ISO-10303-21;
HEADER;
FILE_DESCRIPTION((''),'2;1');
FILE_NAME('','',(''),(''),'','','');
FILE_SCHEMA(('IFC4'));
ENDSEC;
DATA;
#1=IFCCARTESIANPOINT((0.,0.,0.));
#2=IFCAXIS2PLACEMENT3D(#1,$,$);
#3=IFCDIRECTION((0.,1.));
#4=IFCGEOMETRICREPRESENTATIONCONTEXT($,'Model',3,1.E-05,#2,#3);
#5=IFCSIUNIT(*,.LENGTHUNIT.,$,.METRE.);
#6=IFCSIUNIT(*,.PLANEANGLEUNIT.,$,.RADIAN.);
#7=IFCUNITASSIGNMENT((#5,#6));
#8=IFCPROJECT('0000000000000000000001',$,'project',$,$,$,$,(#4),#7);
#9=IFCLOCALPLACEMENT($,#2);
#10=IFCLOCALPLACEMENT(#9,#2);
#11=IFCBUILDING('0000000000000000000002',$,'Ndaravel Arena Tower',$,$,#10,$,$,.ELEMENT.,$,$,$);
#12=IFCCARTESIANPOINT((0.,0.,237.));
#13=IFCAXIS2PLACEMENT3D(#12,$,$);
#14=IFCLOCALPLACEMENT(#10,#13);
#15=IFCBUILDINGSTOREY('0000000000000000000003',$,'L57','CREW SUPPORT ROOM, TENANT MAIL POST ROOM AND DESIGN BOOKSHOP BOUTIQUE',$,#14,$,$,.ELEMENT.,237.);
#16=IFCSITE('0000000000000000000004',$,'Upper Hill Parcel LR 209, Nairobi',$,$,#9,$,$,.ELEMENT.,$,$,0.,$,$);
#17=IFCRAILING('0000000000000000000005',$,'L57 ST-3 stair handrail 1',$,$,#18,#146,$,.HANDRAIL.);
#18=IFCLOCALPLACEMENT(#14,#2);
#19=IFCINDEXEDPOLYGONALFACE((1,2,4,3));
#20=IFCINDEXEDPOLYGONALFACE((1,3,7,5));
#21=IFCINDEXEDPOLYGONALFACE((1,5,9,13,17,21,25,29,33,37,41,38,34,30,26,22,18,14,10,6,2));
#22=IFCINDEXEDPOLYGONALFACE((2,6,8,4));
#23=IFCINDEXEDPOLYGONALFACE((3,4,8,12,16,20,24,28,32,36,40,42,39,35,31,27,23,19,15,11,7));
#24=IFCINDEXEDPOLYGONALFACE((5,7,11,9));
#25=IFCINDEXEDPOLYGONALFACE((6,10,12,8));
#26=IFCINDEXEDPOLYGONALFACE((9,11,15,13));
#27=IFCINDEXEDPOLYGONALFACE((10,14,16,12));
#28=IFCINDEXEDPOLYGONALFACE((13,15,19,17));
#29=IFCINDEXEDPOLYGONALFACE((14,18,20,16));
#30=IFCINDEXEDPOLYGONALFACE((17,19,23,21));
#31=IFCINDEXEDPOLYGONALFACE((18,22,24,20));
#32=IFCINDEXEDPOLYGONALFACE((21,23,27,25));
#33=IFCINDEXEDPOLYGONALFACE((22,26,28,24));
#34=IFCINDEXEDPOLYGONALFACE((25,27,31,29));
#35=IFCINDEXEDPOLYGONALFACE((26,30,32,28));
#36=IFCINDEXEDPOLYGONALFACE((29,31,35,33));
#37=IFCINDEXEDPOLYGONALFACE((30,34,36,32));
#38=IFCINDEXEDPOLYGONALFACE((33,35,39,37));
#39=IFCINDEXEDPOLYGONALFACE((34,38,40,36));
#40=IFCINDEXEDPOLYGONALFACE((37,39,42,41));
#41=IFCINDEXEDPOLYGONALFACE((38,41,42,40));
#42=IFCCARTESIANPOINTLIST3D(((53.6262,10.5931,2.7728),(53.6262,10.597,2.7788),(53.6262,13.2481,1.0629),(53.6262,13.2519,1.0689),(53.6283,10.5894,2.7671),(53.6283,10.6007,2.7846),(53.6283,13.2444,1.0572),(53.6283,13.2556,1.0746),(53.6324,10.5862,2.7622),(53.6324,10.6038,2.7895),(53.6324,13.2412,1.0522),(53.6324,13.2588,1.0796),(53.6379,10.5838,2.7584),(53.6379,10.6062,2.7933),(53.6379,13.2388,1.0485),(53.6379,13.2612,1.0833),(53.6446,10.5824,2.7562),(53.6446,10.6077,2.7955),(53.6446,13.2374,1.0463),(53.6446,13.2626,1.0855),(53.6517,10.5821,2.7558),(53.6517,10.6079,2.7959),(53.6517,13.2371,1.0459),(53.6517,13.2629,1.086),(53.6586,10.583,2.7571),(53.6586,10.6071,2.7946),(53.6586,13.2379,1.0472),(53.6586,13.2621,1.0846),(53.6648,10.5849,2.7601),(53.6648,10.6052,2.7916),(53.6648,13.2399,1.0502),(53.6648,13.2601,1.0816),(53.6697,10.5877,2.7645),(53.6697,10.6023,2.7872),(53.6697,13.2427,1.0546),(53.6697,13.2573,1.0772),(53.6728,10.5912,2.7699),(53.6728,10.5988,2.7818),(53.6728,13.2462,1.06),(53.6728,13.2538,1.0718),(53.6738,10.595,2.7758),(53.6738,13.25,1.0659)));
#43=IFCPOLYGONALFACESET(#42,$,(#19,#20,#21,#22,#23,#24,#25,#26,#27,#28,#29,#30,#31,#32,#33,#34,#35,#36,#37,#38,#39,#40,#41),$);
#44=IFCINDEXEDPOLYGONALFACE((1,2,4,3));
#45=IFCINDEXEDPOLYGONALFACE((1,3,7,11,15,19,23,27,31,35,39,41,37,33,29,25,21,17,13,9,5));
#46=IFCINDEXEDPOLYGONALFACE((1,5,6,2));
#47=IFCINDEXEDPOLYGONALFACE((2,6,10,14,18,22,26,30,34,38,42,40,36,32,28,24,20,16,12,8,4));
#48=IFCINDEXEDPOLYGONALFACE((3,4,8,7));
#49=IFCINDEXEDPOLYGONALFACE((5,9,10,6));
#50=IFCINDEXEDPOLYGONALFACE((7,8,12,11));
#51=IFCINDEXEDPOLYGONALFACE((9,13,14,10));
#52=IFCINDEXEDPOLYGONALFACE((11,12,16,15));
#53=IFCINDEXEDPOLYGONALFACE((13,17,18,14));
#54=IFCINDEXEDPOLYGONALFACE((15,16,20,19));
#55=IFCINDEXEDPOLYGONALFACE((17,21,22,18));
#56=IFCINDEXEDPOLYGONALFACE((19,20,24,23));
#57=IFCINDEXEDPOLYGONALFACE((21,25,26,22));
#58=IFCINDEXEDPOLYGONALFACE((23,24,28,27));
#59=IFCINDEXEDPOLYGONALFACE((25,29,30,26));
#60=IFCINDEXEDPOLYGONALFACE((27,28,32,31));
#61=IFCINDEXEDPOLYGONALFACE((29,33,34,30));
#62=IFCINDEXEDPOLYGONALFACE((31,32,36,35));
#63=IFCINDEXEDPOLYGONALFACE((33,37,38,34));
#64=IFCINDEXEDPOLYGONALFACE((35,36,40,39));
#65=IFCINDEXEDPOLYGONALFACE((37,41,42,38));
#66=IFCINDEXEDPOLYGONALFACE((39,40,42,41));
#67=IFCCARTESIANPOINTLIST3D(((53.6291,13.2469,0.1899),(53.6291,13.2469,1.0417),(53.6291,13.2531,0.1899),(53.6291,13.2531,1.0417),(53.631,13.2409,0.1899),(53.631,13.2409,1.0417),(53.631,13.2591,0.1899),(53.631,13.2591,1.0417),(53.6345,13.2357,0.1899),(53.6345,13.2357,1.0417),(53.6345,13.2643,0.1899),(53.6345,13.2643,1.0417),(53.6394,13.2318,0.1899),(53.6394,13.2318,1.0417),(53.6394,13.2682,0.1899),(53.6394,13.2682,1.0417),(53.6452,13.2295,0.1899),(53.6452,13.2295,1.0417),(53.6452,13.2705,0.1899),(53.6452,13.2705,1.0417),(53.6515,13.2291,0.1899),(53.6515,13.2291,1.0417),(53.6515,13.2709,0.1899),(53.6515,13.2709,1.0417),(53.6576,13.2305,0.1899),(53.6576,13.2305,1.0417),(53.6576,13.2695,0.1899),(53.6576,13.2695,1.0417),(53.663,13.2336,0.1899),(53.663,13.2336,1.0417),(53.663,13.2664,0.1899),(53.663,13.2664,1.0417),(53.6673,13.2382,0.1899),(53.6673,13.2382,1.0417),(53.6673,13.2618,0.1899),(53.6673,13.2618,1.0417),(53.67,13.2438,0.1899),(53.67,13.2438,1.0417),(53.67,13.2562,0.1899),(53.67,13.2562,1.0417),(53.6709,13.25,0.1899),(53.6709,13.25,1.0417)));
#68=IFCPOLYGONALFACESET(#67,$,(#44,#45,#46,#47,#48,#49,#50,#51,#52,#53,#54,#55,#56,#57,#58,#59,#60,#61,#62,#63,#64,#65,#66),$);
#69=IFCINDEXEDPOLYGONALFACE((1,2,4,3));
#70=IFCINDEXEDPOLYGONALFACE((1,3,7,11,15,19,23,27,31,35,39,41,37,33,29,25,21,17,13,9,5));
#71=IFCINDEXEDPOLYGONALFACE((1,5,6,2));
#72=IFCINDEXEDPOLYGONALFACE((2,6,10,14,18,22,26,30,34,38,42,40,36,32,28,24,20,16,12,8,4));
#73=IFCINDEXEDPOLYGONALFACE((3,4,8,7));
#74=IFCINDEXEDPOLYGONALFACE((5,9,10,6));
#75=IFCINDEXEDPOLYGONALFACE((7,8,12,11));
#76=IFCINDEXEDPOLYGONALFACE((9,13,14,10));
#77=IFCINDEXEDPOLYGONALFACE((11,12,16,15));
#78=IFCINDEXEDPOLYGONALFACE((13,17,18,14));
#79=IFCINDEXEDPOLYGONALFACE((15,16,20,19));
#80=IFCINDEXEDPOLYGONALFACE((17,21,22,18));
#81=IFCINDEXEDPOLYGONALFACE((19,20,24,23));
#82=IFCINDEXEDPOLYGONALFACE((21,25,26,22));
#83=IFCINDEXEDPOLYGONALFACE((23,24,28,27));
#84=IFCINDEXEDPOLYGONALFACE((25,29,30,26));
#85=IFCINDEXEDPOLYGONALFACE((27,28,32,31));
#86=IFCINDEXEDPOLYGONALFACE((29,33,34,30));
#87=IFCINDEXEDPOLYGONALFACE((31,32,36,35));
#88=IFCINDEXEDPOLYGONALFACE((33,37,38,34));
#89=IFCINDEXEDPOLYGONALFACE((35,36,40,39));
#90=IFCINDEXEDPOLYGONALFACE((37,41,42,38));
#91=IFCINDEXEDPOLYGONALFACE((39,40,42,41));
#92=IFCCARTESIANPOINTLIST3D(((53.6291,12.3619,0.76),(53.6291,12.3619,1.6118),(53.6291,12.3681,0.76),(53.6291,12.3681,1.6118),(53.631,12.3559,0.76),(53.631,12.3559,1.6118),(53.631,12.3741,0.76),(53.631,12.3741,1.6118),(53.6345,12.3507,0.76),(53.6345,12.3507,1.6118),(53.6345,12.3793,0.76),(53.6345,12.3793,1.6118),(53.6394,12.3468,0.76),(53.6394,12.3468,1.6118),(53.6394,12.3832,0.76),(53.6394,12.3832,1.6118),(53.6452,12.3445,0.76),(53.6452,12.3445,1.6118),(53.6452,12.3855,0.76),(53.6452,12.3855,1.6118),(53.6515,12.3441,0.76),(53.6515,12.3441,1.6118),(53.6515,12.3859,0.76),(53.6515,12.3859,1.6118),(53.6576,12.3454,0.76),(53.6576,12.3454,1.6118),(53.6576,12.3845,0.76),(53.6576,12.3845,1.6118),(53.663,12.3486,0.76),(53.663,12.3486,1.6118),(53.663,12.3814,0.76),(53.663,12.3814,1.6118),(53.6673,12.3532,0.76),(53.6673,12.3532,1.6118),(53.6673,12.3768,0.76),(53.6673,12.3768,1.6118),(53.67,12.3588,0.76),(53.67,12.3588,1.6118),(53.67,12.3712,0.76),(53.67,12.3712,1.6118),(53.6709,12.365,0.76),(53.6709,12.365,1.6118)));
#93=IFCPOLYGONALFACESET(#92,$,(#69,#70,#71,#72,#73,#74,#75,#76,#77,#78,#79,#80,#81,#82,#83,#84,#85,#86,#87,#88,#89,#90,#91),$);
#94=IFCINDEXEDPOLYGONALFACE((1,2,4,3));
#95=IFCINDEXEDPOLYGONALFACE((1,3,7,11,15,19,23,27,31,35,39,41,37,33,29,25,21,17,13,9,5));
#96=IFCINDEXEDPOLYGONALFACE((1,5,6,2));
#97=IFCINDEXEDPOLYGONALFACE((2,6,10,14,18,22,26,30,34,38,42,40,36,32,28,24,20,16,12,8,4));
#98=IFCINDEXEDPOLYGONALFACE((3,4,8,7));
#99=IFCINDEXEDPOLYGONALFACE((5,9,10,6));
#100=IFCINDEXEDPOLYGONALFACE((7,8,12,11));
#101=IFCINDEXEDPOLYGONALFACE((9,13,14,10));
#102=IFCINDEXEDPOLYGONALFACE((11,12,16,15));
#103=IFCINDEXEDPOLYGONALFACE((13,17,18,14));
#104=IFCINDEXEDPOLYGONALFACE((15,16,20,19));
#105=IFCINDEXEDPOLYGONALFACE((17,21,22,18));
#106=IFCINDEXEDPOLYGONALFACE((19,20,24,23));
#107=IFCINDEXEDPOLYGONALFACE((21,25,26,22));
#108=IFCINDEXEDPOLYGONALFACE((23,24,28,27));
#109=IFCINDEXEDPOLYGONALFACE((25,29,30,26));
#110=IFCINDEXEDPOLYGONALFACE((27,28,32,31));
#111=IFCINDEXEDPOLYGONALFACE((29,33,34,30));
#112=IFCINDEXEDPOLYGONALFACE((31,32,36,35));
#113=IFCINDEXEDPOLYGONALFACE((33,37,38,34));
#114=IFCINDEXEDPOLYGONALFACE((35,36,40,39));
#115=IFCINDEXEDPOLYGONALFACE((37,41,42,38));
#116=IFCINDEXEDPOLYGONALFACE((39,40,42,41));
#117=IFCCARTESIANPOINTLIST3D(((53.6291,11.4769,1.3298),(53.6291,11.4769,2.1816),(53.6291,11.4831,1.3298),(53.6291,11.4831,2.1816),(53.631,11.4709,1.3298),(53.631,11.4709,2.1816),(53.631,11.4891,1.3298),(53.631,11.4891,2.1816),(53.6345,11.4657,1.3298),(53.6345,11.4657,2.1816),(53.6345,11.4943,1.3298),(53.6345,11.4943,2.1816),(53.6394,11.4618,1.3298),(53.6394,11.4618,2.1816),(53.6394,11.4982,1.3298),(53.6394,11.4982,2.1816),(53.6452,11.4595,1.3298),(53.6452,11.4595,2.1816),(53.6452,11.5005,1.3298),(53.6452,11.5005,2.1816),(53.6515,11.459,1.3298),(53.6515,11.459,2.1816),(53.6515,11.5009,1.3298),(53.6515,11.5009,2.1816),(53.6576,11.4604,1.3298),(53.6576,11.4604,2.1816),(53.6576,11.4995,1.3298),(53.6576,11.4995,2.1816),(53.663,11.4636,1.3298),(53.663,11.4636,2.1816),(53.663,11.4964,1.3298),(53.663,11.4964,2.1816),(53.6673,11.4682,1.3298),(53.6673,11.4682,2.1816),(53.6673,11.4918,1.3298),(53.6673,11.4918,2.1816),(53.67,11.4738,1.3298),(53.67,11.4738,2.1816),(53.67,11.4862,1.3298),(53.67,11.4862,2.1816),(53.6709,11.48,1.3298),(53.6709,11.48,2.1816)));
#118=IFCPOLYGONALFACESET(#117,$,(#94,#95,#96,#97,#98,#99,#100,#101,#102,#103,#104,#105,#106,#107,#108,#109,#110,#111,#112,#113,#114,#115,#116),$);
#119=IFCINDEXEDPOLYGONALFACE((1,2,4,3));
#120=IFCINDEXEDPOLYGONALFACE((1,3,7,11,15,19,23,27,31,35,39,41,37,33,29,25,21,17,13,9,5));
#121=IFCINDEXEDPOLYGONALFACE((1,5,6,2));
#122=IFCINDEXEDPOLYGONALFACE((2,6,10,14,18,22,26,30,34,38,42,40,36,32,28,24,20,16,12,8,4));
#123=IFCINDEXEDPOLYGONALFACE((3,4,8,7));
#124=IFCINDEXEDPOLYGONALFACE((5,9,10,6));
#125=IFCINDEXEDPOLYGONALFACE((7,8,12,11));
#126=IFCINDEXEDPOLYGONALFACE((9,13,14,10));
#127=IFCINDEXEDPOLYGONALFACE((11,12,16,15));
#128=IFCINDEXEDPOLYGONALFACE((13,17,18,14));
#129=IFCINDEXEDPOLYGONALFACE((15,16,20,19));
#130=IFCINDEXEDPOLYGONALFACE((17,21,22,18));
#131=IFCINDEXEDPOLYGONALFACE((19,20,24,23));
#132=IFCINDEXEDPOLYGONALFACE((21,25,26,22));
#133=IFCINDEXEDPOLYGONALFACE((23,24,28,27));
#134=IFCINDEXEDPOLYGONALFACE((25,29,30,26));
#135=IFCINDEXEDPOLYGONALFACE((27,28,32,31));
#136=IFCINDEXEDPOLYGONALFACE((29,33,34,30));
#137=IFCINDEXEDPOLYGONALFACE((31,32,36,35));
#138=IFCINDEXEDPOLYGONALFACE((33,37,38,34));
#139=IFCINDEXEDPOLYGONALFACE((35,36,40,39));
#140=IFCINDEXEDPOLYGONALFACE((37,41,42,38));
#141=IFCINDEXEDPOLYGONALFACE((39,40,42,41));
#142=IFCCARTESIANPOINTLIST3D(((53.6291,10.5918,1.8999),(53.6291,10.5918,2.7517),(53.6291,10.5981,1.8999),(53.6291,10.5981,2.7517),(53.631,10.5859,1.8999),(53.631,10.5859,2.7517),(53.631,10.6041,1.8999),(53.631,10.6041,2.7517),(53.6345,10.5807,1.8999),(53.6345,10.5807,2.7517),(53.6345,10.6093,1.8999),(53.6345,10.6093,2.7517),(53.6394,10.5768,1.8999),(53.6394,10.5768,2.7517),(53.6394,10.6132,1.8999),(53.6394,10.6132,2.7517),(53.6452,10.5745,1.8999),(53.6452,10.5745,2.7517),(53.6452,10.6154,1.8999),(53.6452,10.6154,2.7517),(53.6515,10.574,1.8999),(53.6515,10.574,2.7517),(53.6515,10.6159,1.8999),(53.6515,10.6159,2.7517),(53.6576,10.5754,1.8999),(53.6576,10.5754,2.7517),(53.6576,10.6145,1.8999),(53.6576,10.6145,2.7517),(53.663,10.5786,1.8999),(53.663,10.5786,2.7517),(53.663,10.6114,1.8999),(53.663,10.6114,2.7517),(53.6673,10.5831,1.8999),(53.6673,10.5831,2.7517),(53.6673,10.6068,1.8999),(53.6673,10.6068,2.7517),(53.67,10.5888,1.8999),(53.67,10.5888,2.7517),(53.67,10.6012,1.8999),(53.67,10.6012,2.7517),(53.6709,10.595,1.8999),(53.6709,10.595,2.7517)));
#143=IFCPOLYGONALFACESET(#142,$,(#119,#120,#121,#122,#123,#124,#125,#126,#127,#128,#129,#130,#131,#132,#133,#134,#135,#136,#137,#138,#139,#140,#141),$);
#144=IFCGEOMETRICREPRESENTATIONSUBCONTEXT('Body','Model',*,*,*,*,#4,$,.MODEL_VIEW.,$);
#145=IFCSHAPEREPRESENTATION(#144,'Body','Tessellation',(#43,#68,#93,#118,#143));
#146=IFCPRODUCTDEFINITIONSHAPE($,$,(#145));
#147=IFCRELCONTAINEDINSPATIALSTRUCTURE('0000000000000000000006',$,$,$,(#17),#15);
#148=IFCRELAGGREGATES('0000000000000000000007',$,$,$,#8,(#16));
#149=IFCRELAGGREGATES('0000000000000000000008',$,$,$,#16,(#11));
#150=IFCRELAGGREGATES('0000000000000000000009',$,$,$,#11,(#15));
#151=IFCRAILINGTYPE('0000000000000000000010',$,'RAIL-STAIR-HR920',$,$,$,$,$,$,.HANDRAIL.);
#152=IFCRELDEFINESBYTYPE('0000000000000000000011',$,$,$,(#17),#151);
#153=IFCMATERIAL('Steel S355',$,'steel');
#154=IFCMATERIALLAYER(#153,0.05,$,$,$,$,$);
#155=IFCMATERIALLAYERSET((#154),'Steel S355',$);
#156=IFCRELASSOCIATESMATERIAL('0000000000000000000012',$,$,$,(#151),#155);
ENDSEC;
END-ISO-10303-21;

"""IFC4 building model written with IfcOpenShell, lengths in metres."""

from ifc_helpers import new_model, si_unit, direction, frame, origin, origin_2d, place, context, subcontext, project, spatial, circle, extrude, material, layer, layer_set, type_object, element, save


model = new_model("IFC4")

# Units and contexts
model_context = context("Model", 3, precision=1e-05, world=origin(), true_north=direction((0.0, 1.0)))
body_context = subcontext(model_context, "Body", "Model", "MODEL_VIEW")
ifc_project = project(units=[si_unit("LENGTHUNIT", "METRE"), si_unit("PLANEANGLEUNIT", "RADIAN")], contexts=[model_context])

# Site, building, storey
site_placement = place(None, origin())
site = spatial("IfcSite", under=ifc_project, at=site_placement, Name="Upper Hill Parcel LR 209, Nairobi", CompositionType="ELEMENT", RefElevation=0.0)
building_placement = place(site_placement, origin())
building = spatial("IfcBuilding", under=site, at=building_placement, Name="Ndaravel Arena Tower", CompositionType="ELEMENT")
storey_placement = place(building_placement, frame((0.0, 0.0, 237.0)))
storey = spatial("IfcBuildingStorey", under=building, at=storey_placement, Name="L57", Description="CREW SUPPORT ROOM, TENANT MAIL POST ROOM AND DESIGN BOOKSHOP BOUTIQUE", CompositionType="ELEMENT", Elevation=237.0)

# Railing
ifc_material_1 = material(Name="Steel S355", Category="steel")
ifc_layer_1 = layer(ifc_material_1, 0.05)
ifc_layer_set_1 = layer_set([ifc_layer_1], Name="Steel S355")
railing_type_1 = type_object("IfcRailingType", Name="RAIL-STAIR-HR920", PredefinedType="HANDRAIL", material=ifc_layer_set_1)
railing_1_placement = place(storey_placement, frame((53.6499, 13.25, 0.1899)))
element("IfcRailing", 1, at=railing_1_placement, inside=storey, type_object=railing_type_1, Name="L57 ST-3 stair handrail 1", PredefinedType="HANDRAIL", context=body_context, shape_type="SweptSolid", body=[
    extrude(circle(Radius=0.0239, at=origin_2d()), frame((0.0, 0.0, 0.876), z_axis=(0.0, -0.840724, 0.541465), x_axis=(1.0, 0.0, 0.0)), (0.0, 0.0, 1.0), 3.158),
    extrude(circle(Radius=0.021, at=origin_2d()), origin(), (0.0, 0.0, 1.0), 0.8518),
    extrude(circle(Radius=0.021, at=origin_2d()), frame((0.0, -0.885, 0.5701)), (0.0, 0.0, 1.0), 0.8518),
    extrude(circle(Radius=0.021, at=origin_2d()), frame((0.0, -1.77, 1.1399)), (0.0, 0.0, 1.0), 0.8518),
    extrude(circle(Radius=0.021, at=origin_2d()), frame((0.0, -2.655, 1.71)), (0.0, 0.0, 1.0), 0.8518),
])

save(model, "model.ifc")
